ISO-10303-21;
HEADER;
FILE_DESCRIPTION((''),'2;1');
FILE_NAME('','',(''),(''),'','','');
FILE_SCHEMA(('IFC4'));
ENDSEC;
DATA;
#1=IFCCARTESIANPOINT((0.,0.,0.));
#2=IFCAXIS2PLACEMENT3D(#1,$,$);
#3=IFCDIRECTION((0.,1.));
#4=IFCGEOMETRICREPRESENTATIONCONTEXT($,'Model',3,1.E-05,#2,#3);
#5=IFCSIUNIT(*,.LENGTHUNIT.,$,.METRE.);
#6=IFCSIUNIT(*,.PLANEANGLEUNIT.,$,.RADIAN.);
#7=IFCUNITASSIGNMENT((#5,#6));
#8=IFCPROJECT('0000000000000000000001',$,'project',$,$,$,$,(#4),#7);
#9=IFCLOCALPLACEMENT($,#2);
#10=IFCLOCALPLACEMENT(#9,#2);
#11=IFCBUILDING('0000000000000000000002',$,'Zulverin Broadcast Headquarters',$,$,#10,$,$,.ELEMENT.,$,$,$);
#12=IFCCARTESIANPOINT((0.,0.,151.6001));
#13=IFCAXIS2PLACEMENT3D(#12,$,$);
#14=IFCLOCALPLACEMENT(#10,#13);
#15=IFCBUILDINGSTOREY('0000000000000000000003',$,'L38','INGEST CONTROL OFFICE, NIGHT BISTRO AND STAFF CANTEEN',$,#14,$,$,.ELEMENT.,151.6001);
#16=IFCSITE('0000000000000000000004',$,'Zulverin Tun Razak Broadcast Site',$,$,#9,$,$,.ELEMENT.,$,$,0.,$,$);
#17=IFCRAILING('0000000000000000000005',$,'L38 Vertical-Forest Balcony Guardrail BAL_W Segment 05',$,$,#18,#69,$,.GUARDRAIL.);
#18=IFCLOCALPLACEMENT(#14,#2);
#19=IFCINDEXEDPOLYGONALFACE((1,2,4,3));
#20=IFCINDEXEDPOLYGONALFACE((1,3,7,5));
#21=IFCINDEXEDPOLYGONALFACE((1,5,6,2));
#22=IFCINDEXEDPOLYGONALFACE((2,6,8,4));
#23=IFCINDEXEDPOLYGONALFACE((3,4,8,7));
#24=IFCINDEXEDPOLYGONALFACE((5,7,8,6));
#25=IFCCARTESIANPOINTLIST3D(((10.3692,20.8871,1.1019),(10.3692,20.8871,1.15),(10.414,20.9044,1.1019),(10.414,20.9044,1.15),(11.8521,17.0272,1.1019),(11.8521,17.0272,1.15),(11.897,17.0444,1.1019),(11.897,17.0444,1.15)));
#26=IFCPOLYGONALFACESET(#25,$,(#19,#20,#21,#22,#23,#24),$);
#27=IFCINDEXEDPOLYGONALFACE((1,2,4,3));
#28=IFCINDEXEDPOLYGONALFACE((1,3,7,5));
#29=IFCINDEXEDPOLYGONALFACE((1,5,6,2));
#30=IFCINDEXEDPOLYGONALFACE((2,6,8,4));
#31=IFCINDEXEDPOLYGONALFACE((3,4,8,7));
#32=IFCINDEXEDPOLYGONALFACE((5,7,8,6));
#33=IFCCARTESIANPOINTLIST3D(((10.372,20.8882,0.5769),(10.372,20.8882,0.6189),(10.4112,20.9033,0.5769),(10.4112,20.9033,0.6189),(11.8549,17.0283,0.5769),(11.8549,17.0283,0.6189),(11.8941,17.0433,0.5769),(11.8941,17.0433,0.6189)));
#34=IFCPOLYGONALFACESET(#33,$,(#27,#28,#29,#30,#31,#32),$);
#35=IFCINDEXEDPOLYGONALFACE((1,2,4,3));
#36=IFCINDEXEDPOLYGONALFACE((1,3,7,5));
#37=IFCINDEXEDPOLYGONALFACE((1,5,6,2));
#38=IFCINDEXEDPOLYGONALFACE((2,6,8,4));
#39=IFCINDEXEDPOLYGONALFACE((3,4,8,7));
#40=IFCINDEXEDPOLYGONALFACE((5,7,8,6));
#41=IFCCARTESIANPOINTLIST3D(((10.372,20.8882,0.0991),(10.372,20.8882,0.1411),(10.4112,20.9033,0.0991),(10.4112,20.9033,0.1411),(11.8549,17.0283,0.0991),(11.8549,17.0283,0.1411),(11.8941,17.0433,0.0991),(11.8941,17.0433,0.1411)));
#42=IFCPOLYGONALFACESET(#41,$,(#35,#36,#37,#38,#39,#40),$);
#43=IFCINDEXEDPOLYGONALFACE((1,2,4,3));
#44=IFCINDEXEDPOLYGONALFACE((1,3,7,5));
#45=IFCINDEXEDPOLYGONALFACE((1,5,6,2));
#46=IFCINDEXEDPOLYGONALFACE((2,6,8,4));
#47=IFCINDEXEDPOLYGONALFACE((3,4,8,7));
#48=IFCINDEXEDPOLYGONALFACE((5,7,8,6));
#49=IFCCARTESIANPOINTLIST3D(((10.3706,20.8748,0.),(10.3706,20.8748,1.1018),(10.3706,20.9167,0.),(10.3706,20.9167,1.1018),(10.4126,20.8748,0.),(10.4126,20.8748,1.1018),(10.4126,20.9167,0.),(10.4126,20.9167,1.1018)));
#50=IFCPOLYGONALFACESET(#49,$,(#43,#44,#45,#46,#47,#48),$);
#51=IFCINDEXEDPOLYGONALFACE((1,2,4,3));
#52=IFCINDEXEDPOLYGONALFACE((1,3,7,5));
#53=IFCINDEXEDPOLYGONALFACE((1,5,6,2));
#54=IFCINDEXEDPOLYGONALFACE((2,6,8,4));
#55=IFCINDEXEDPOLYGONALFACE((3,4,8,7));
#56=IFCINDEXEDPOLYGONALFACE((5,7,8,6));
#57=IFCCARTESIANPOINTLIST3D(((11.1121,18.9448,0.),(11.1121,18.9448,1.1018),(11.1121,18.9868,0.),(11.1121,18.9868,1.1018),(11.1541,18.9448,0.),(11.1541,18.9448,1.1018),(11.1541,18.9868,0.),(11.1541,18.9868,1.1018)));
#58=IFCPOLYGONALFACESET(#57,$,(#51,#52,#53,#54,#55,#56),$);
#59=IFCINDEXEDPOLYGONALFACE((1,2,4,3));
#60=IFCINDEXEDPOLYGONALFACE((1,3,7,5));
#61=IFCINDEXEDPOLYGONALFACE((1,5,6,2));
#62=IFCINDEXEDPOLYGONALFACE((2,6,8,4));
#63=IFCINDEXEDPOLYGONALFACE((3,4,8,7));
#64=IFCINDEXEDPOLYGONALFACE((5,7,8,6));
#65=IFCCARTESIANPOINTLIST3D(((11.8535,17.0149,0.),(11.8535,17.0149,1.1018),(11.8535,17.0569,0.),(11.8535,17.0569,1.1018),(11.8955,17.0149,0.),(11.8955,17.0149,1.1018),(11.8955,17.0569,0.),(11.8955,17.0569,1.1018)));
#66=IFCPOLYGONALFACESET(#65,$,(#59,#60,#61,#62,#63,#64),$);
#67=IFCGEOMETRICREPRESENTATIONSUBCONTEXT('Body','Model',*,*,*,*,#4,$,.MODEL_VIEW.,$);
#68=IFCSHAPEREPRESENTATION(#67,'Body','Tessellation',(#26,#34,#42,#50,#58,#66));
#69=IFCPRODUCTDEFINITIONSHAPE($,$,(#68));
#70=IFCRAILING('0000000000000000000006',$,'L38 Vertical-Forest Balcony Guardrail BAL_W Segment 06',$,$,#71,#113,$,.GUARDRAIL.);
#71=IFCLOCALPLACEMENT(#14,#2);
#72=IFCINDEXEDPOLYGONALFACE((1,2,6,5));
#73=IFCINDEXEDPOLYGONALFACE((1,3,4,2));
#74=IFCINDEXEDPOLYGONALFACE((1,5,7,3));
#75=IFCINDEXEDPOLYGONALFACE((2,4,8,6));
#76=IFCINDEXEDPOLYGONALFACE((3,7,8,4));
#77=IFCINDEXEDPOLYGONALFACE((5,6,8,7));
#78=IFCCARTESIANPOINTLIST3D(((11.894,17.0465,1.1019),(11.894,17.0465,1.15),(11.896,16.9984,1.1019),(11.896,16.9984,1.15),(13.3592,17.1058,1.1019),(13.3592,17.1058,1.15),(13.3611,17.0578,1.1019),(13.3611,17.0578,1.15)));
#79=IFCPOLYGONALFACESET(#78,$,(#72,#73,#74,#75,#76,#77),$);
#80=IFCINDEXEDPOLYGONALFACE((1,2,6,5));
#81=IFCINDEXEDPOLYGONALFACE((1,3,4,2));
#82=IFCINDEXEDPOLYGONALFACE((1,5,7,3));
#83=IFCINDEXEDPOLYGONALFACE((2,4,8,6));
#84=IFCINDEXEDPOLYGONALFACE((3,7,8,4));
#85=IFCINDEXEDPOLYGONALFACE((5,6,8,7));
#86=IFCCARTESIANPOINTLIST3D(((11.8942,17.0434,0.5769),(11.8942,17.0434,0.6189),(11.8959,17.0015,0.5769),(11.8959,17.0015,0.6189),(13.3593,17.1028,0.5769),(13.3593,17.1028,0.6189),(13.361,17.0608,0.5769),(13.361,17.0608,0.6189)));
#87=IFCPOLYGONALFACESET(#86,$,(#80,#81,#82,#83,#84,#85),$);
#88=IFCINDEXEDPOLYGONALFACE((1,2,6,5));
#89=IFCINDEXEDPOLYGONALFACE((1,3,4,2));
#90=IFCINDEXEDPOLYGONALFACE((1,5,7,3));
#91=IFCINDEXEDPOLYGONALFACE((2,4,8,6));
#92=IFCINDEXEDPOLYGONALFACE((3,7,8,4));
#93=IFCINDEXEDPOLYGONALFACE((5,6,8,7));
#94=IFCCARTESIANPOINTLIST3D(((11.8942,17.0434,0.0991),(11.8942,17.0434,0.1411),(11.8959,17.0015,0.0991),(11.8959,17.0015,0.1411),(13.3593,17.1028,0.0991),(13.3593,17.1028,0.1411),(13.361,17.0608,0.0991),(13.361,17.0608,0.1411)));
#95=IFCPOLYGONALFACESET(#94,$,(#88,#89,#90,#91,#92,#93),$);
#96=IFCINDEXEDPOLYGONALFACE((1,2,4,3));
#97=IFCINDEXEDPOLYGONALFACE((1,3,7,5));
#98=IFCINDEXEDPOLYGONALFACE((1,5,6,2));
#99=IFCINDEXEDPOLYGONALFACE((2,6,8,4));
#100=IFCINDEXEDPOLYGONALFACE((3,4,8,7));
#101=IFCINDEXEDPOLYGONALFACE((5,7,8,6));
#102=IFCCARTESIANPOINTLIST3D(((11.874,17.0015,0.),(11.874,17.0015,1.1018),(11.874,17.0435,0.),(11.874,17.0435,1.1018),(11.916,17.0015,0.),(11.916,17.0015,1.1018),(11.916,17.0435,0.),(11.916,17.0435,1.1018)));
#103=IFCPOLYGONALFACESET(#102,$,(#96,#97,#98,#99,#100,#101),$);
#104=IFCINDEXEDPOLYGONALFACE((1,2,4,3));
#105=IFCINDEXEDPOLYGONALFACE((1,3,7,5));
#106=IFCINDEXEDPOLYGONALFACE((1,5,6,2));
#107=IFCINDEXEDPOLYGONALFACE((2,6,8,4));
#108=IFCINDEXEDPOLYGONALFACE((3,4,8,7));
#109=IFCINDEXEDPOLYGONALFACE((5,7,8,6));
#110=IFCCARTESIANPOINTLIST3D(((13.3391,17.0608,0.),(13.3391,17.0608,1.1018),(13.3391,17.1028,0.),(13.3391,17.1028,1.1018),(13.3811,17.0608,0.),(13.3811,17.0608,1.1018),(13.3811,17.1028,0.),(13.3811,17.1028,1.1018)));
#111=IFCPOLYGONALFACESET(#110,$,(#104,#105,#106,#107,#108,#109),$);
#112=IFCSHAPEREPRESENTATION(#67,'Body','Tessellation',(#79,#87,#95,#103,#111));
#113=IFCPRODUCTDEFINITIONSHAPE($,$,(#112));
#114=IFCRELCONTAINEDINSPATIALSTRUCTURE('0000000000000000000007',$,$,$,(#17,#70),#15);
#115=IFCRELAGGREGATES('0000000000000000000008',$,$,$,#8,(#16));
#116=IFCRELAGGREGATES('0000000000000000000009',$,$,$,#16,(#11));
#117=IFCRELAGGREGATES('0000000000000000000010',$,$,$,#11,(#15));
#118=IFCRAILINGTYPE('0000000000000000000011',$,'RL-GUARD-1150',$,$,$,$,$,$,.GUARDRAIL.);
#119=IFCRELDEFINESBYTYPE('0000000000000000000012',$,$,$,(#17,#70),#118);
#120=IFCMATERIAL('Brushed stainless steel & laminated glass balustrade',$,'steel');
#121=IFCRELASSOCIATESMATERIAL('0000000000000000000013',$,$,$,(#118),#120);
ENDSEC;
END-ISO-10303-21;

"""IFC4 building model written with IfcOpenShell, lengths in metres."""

from ifc_helpers import new_model, si_unit, direction, frame, origin, origin_2d, place, context, subcontext, project, spatial, rectangle, extrude, material, type_object, element, save


model = new_model("IFC4")

# Units and contexts
model_context = context("Model", 3, precision=1e-05, world=origin(), true_north=direction((0.0, 1.0)))
body_context = subcontext(model_context, "Body", "Model", "MODEL_VIEW")
ifc_project = project(units=[si_unit("LENGTHUNIT", "METRE"), si_unit("PLANEANGLEUNIT", "RADIAN")], contexts=[model_context])

# Site, building, storey
site_placement = place(None, origin())
site = spatial("IfcSite", under=ifc_project, at=site_placement, Name="Zulverin Tun Razak Broadcast Site", CompositionType="ELEMENT", RefElevation=0.0)
building_placement = place(site_placement, origin())
building = spatial("IfcBuilding", under=site, at=building_placement, Name="Zulverin Broadcast Headquarters", CompositionType="ELEMENT")
storey_placement = place(building_placement, frame((0.0, 0.0, 151.6001)))
storey = spatial("IfcBuildingStorey", under=building, at=storey_placement, Name="L38", Description="INGEST CONTROL OFFICE, NIGHT BISTRO AND STAFF CANTEEN", CompositionType="ELEMENT", Elevation=151.6001)

# Railings
ifc_material_1 = material(Name="Brushed stainless steel & laminated glass balustrade", Category="steel")
railing_type = type_object("IfcRailingType", Name="RL-GUARD-1150", PredefinedType="GUARDRAIL", material=ifc_material_1)
railing_1_placement = place(storey_placement, frame((10.3916, 20.8958, 0.0)))
element("IfcRailing", 1, at=railing_1_placement, inside=storey, type_object=railing_type, Name="L38 Vertical-Forest Balcony Guardrail BAL_W Segment 05", PredefinedType="GUARDRAIL", context=body_context, shape_type="SweptSolid", body=[
    extrude(rectangle(XDim=0.0481, YDim=0.0481, at=origin_2d()), frame((0.0, 0.0, 1.126), z_axis=(0.358631, -0.933479, 0.0), x_axis=(0.933479, 0.358631, 0.0)), (0.0, 0.0, 1.0), 4.135),
    extrude(rectangle(XDim=0.042, YDim=0.042, at=origin_2d()), frame((0.0, 0.0, 0.5979), z_axis=(0.358631, -0.933479, 0.0), x_axis=(0.933479, 0.358631, 0.0)), (0.0, 0.0, 1.0), 4.135),
    extrude(rectangle(XDim=0.042, YDim=0.042, at=origin_2d()), frame((0.0, 0.0, 0.1201), z_axis=(0.358631, -0.933479, 0.0), x_axis=(0.933479, 0.358631, 0.0)), (0.0, 0.0, 1.0), 4.135),
    extrude(rectangle(XDim=0.042, YDim=0.042, at=origin_2d()), origin(), (0.0, 0.0, 1.0), 1.1018),
    extrude(rectangle(XDim=0.042, YDim=0.042, at=origin_2d()), frame((0.7415, -1.9299, 0.0)), (0.0, 0.0, 1.0), 1.1018),
    extrude(rectangle(XDim=0.042, YDim=0.042, at=origin_2d()), frame((1.4829, -3.8599, 0.0)), (0.0, 0.0, 1.0), 1.1018),
])
railing_2_placement = place(storey_placement, frame((11.895, 17.0225, 0.0)))
element("IfcRailing", 2, at=railing_2_placement, inside=storey, type_object=railing_type, Name="L38 Vertical-Forest Balcony Guardrail BAL_W Segment 06", PredefinedType="GUARDRAIL", context=body_context, shape_type="SweptSolid", body=[
    extrude(rectangle(XDim=0.0481, YDim=0.0481, at=origin_2d()), frame((0.0, 0.0, 1.126), z_axis=(0.999181, 0.04046, 0.0), x_axis=(-0.04046, 0.999181, 0.0)), (0.0, 0.0, 1.0), 1.4663),
    extrude(rectangle(XDim=0.042, YDim=0.042, at=origin_2d()), frame((0.0, 0.0, 0.5979), z_axis=(0.999181, 0.04046, 0.0), x_axis=(-0.04046, 0.999181, 0.0)), (0.0, 0.0, 1.0), 1.4663),
    extrude(rectangle(XDim=0.042, YDim=0.042, at=origin_2d()), frame((0.0, 0.0, 0.1201), z_axis=(0.999181, 0.04046, 0.0), x_axis=(-0.04046, 0.999181, 0.0)), (0.0, 0.0, 1.0), 1.4663),
    extrude(rectangle(XDim=0.042, YDim=0.042, at=origin_2d()), origin(), (0.0, 0.0, 1.0), 1.1018),
    extrude(rectangle(XDim=0.042, YDim=0.042, at=origin_2d()), frame((1.4651, 0.0593, 0.0)), (0.0, 0.0, 1.0), 1.1018),
])

save(model, "model.ifc")
